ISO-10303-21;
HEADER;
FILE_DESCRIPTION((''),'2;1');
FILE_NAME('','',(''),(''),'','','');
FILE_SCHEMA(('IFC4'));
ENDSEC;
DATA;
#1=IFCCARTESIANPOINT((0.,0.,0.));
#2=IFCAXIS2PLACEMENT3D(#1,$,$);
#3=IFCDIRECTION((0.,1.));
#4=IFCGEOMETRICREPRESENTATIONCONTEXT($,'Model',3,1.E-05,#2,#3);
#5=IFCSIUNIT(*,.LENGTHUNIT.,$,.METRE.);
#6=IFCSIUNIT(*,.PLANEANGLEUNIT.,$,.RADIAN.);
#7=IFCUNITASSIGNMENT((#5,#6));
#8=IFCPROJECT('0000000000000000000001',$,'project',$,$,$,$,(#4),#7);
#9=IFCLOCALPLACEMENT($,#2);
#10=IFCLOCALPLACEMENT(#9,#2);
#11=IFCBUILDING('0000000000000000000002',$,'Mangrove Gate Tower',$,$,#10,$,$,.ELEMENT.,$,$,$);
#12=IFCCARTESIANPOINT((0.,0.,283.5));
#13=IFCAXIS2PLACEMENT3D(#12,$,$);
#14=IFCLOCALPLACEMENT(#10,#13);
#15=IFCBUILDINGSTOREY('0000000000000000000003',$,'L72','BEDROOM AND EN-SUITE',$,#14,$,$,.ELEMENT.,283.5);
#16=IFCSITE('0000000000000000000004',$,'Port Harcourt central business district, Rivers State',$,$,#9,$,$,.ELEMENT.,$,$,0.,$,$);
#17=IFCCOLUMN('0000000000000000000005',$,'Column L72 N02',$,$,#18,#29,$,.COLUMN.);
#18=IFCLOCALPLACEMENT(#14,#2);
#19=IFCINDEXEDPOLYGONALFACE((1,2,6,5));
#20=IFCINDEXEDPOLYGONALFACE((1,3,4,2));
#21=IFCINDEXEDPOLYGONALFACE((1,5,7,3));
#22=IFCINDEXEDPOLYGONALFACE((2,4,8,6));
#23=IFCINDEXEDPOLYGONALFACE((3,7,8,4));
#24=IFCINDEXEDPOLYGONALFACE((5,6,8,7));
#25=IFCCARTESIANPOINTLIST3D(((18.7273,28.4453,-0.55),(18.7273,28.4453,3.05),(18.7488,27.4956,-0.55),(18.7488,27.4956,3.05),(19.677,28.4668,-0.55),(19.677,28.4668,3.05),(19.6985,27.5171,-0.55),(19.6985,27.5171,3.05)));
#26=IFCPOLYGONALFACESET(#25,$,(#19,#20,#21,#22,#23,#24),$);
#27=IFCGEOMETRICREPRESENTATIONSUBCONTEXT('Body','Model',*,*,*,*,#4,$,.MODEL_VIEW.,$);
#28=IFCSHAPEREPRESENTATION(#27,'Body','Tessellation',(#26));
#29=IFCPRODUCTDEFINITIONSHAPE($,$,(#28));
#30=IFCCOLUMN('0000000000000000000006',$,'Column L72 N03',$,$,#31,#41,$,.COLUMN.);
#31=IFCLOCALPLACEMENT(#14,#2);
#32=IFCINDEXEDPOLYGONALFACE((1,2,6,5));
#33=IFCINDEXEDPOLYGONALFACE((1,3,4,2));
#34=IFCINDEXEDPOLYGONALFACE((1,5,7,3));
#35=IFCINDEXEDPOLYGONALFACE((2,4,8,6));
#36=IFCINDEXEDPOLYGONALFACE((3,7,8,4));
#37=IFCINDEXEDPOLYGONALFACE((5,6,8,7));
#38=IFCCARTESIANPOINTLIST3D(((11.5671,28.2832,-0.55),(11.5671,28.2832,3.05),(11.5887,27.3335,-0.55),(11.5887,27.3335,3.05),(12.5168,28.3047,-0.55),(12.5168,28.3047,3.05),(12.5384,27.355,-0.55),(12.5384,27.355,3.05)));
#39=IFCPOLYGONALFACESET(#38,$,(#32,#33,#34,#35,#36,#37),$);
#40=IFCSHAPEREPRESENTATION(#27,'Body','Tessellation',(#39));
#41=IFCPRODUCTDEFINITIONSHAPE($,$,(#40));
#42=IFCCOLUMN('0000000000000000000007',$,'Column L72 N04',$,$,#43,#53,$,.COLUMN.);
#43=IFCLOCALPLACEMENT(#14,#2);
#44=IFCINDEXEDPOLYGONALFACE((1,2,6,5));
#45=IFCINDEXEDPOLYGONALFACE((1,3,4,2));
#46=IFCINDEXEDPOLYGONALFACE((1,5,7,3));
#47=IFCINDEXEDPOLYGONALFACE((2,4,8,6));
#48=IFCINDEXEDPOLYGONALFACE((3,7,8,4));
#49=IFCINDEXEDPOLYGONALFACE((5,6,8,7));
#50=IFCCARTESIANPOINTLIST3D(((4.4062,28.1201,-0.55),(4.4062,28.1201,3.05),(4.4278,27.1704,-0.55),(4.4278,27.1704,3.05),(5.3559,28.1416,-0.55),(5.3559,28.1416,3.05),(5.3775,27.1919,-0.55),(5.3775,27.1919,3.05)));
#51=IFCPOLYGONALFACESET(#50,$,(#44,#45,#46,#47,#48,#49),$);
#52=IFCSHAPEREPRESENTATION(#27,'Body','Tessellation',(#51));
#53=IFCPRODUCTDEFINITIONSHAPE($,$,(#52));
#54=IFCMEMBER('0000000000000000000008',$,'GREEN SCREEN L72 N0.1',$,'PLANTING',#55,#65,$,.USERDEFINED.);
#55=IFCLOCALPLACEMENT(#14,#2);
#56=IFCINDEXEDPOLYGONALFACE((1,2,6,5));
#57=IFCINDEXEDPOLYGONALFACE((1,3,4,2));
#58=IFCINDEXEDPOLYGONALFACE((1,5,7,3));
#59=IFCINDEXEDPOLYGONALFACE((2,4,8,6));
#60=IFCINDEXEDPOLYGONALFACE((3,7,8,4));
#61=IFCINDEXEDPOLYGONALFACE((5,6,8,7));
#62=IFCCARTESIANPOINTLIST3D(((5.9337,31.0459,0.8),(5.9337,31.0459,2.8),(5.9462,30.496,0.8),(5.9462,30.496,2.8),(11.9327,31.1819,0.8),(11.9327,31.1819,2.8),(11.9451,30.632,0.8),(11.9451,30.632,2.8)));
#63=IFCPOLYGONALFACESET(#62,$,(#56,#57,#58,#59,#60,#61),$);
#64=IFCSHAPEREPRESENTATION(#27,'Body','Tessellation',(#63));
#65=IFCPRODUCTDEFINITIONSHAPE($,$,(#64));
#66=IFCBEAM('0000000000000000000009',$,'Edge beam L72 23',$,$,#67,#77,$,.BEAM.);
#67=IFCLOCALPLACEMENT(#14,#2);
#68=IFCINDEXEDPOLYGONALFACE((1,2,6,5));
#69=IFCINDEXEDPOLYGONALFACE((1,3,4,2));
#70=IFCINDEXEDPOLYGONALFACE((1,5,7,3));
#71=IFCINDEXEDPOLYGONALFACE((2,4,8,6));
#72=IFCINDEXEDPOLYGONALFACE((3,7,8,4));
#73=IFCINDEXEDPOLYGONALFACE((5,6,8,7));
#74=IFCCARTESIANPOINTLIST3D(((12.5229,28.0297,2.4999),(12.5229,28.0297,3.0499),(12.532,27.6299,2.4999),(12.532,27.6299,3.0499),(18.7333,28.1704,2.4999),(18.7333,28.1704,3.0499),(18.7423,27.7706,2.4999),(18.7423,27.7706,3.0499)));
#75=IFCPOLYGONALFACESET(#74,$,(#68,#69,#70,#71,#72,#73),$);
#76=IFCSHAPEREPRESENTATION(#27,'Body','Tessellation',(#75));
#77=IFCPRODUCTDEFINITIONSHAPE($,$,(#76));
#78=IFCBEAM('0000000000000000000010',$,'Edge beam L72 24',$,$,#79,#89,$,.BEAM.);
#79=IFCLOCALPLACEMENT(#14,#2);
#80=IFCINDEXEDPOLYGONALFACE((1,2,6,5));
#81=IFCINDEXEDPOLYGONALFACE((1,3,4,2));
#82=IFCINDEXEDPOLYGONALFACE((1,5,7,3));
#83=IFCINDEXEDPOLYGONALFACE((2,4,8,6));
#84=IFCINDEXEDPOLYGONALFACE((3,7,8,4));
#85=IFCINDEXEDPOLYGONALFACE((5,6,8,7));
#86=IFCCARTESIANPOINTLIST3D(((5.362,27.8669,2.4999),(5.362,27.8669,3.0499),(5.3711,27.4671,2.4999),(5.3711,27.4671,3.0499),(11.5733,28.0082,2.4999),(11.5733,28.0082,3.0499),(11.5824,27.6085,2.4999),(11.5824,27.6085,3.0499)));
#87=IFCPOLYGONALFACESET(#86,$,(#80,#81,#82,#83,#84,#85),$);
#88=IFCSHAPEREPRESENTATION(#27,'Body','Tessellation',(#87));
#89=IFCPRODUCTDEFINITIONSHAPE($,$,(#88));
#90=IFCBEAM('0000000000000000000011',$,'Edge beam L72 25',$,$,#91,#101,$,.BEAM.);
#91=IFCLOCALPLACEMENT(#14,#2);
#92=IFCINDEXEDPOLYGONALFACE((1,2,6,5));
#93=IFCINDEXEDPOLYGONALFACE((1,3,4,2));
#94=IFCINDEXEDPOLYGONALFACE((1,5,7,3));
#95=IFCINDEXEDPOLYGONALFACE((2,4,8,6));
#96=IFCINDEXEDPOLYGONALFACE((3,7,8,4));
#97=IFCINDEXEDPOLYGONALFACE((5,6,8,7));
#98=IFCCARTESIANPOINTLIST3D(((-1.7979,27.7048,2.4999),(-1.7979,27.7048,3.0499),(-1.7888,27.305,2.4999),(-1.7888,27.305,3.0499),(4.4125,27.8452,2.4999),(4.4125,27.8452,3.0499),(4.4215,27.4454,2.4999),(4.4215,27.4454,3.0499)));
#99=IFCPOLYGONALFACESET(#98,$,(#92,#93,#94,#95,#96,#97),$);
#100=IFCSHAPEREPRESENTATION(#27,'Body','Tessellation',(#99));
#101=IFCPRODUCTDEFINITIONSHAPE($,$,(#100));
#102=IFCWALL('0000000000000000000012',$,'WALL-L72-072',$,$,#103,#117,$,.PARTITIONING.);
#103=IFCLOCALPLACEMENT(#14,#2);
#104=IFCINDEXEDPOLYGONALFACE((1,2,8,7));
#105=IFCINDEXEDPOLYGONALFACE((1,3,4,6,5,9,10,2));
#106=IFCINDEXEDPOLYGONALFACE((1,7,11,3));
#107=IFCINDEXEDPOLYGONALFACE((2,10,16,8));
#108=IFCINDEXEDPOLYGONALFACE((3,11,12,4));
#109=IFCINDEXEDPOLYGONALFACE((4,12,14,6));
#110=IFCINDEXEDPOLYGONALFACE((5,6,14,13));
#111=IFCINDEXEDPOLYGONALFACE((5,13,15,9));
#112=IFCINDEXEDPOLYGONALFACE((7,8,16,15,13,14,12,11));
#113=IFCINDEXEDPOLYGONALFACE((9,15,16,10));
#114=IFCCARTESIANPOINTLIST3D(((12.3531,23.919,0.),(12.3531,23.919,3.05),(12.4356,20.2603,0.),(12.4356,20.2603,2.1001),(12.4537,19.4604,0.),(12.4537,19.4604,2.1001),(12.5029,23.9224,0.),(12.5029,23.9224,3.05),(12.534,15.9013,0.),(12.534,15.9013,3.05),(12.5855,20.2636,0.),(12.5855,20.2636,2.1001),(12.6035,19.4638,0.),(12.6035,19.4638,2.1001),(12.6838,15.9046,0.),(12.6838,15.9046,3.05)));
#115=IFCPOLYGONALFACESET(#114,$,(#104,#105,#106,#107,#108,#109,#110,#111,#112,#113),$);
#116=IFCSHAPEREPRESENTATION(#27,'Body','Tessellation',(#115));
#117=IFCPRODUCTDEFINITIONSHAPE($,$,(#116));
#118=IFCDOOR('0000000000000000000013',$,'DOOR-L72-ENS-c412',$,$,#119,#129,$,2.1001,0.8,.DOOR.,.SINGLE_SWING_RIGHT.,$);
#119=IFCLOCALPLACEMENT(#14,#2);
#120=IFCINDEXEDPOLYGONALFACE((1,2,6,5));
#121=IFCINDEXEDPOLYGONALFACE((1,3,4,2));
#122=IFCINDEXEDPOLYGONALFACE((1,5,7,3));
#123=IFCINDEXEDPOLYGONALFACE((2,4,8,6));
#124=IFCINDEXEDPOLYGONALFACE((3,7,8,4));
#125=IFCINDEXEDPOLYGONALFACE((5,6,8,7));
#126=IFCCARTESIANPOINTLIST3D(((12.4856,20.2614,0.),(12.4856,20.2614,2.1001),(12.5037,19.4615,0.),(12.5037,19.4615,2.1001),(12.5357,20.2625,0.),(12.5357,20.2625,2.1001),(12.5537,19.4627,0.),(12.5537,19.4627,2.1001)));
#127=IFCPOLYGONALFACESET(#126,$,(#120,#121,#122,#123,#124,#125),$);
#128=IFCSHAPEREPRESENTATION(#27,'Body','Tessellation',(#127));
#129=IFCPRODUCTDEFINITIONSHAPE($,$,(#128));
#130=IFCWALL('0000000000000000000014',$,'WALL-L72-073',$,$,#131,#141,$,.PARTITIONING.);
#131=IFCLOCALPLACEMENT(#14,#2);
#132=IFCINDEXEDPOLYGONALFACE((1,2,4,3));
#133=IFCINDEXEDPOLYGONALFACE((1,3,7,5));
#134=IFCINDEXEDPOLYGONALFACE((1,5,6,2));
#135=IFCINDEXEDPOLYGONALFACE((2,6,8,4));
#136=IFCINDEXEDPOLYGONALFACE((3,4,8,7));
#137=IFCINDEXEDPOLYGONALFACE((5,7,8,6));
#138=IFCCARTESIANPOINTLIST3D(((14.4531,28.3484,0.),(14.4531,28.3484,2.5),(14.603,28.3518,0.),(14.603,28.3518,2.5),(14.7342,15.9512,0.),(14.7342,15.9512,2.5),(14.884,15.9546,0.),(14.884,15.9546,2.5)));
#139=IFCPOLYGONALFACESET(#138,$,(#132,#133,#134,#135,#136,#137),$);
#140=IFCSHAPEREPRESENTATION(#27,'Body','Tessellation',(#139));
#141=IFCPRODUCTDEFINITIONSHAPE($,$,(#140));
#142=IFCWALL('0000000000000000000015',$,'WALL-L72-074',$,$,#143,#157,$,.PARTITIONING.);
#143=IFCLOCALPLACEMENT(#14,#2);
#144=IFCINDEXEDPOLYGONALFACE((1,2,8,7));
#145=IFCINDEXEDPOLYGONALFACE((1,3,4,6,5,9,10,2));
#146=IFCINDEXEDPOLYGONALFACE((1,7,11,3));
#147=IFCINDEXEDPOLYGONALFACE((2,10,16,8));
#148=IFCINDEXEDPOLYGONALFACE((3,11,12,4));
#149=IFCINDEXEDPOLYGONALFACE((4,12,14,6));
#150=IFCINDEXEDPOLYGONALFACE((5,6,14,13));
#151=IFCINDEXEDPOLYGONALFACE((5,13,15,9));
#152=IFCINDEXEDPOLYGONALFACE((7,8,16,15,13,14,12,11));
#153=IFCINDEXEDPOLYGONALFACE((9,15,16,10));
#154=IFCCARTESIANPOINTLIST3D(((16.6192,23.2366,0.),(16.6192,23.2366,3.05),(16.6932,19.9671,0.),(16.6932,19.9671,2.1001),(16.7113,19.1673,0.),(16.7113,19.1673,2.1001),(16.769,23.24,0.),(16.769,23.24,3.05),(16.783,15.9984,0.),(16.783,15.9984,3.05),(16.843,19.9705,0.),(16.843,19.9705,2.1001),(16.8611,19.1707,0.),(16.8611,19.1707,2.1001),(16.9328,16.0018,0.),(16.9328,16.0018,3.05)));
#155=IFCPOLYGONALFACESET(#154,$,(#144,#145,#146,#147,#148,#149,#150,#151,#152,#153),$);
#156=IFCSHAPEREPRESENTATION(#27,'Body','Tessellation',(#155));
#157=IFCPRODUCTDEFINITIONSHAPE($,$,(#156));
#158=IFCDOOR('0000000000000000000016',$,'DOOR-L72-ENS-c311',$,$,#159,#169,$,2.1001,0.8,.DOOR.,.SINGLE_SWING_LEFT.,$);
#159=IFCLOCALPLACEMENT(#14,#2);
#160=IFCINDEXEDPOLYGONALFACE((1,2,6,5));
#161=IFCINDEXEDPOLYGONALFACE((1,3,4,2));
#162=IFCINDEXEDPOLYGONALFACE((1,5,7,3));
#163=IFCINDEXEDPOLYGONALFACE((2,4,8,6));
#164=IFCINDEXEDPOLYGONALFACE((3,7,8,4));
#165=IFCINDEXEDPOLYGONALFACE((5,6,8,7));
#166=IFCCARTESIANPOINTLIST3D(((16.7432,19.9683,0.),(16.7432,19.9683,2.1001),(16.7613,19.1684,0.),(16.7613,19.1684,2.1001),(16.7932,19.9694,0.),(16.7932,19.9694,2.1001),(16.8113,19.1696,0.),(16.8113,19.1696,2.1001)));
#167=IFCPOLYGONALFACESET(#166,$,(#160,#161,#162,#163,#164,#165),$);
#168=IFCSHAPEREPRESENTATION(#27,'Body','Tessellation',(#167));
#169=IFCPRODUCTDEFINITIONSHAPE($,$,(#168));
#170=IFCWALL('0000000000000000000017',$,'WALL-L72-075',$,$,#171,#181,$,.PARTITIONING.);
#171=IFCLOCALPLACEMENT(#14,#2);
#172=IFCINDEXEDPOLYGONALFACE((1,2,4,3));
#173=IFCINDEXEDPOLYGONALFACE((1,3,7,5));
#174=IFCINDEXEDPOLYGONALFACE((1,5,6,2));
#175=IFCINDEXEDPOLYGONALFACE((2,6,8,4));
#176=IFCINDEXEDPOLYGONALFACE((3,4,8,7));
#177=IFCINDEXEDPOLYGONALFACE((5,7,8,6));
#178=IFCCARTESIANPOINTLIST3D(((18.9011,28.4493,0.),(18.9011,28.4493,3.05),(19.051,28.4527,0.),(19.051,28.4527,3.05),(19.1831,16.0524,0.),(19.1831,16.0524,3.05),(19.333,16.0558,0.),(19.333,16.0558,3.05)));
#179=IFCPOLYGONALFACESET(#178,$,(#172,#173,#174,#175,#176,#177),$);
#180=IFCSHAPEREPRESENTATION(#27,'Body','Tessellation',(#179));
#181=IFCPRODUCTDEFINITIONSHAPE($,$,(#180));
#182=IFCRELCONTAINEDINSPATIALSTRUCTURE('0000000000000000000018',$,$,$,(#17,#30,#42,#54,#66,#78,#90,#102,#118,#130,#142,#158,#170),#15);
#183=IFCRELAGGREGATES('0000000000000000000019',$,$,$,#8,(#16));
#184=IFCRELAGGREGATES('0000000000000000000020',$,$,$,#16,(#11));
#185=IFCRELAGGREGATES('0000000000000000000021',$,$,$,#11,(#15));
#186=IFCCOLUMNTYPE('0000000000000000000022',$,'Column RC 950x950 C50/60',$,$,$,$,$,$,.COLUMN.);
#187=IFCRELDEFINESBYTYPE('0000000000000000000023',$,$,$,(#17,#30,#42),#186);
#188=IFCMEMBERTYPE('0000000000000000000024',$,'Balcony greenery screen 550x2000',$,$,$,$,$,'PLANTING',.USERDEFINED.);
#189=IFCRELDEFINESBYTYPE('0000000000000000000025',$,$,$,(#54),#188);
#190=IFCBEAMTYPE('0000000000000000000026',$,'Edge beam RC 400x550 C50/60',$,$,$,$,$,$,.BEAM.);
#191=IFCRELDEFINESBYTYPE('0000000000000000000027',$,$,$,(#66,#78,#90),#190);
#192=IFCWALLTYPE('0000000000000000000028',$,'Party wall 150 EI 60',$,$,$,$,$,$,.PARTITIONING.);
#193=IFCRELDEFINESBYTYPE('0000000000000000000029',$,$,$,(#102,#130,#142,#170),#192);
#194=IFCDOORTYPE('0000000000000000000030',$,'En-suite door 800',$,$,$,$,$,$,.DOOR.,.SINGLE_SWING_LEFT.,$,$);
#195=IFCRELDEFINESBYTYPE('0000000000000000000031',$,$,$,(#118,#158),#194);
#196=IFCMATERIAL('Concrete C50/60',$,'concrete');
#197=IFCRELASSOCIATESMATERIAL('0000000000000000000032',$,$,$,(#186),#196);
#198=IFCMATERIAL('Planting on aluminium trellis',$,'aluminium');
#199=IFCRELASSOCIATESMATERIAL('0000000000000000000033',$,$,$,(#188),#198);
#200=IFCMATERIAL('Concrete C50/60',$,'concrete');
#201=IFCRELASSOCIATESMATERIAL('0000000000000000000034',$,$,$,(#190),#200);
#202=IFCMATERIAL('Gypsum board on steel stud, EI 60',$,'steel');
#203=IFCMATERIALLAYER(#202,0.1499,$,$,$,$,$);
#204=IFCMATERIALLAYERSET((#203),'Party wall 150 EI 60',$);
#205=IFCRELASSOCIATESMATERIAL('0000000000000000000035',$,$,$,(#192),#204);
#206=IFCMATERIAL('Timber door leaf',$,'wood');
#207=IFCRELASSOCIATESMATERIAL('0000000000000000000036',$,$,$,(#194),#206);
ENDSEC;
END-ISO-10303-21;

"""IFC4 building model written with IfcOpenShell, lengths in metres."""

from ifc_helpers import new_model, si_unit, direction, frame, frame_2d, origin, origin_2d, place, context, subcontext, project, spatial, rectangle, extrude, material, layer, layer_set, material_profile, profile_set, type_object, element, fill, save


model = new_model("IFC4")

# Units and contexts
model_context = context("Model", 3, precision=1e-05, world=origin(), true_north=direction((0.0, 1.0)))
body_context = subcontext(model_context, "Body", "Model", "MODEL_VIEW")
ifc_project = project(units=[si_unit("LENGTHUNIT", "METRE"), si_unit("PLANEANGLEUNIT", "RADIAN")], contexts=[model_context])

# Site, building, storey
site_placement = place(None, origin())
site = spatial("IfcSite", under=ifc_project, at=site_placement, Name="Port Harcourt central business district, Rivers State", CompositionType="ELEMENT", RefElevation=0.0)
building_placement = place(site_placement, origin())
building = spatial("IfcBuilding", under=site, at=building_placement, Name="Mangrove Gate Tower", CompositionType="ELEMENT")
storey_placement = place(building_placement, frame((0.0, 0.0, 283.5)))
storey = spatial("IfcBuildingStorey", under=building, at=storey_placement, Name="L72", Description="BEDROOM AND EN-SUITE", CompositionType="ELEMENT", Elevation=283.5)

# Columns
ifc_material_1 = material(Name="Concrete C50/60", Category="concrete")
ifc_material_profile_1 = material_profile(ifc_material_1, rectangle(XDim=0.95, YDim=0.95, at=origin_2d()))
ifc_profile_set_1 = profile_set([ifc_material_profile_1], Name="Concrete C50/60")
column_type = type_object("IfcColumnType", Name="Column RC 950x950 C50/60", PredefinedType="COLUMN", material=ifc_profile_set_1)
for number, where, z_axis, x_axis, name in (
    (1, (19.2129, 27.9812, -0.55), (0.0, 0.0, 1.0), (-0.999743, -0.022688, 0.0), "Column L72 N02"),
    (2, (12.0527, 27.8191, -0.55), (0.0, 0.0, 1.0), (-0.999743, -0.022688, 0.0), "Column L72 N03"),
    (3, (4.8918, 27.656, -0.55), (0.0, 0.0, 1.0), (-0.999743, -0.022688, 0.0), "Column L72 N04"),
):
    element("IfcColumn", number, at=place(storey_placement, frame(where, z_axis=z_axis, x_axis=x_axis)), inside=storey, type_object=column_type, Name=name, PredefinedType="COLUMN", context=body_context, shape_type="SweptSolid", body=[
        extrude(rectangle(XDim=0.95, YDim=0.95, at=origin_2d()), origin(), (0.0, 0.0, 1.0), 3.6001),
    ])

# Member
ifc_material_2 = material(Name="Planting on aluminium trellis", Category="aluminium")
ifc_material_profile_2 = material_profile(ifc_material_2, rectangle(XDim=0.55, YDim=2.0, at=origin_2d()))
ifc_profile_set_2 = profile_set([ifc_material_profile_2], Name="Planting on aluminium trellis")
member_type = type_object("IfcMemberType", Name="Balcony greenery screen 550x2000", ElementType="PLANTING", PredefinedType="USERDEFINED", material=ifc_profile_set_2)
member_placement = place(storey_placement, frame((5.9399, 30.771, 1.8), z_axis=(0.999743, 0.022662, 0.0), x_axis=(-0.022662, 0.999743, 0.0)))
element("IfcMember", 4, at=member_placement, inside=storey, type_object=member_type, Name="GREEN SCREEN L72 N0.1", ObjectType="PLANTING", PredefinedType="USERDEFINED", context=body_context, shape_type="SweptSolid", body=[
    extrude(rectangle(XDim=0.55, YDim=2.0, at=origin_2d()), origin(), (0.0, 0.0, 1.0), 6.0005),
])

# Beams
ifc_material_3 = material(Name="Concrete C50/60", Category="concrete")
ifc_material_profile_3 = material_profile(ifc_material_3, rectangle(XDim=0.3999, YDim=0.55, at=origin_2d()))
ifc_profile_set_3 = profile_set([ifc_material_profile_3], Name="Concrete C50/60")
beam_type = type_object("IfcBeamType", Name="Edge beam RC 400x550 C50/60", PredefinedType="BEAM", material=ifc_profile_set_3)
beam_1_placement = place(storey_placement, frame((18.7378, 27.9705, 2.7749), z_axis=(-0.999744, -0.022638, 0.0), x_axis=(0.022638, -0.999744, 0.0)))
element("IfcBeam", 5, at=beam_1_placement, inside=storey, type_object=beam_type, Name="Edge beam L72 23", PredefinedType="BEAM", context=body_context, shape_type="SweptSolid", body=[
    extrude(rectangle(XDim=0.3999, YDim=0.55, at=origin_2d()), origin(), (0.0, 0.0, 1.0), 6.2119),
])
beam_2_placement = place(storey_placement, frame((11.5779, 27.8083, 2.7749), z_axis=(-0.999741, -0.022753, 0.0), x_axis=(0.022753, -0.999741, 0.0)))
element("IfcBeam", 6, at=beam_2_placement, inside=storey, type_object=beam_type, Name="Edge beam L72 24", PredefinedType="BEAM", context=body_context, shape_type="SweptSolid", body=[
    extrude(rectangle(XDim=0.3999, YDim=0.55, at=origin_2d()), origin(), (0.0, 0.0, 1.0), 6.2129),
])
beam_3_placement = place(storey_placement, frame((4.417, 27.6453, 2.7749), z_axis=(-0.999745, -0.022598, 0.0), x_axis=(0.022598, -0.999745, 0.0)))
element("IfcBeam", 7, at=beam_3_placement, inside=storey, type_object=beam_type, Name="Edge beam L72 25", PredefinedType="BEAM", context=body_context, shape_type="SweptSolid", body=[
    extrude(rectangle(XDim=0.3999, YDim=0.55, at=origin_2d()), origin(), (0.0, 0.0, 1.0), 6.2119),
])

# Wall, opening, door
ifc_material_4 = material(Name="Gypsum board on steel stud, EI 60", Category="steel")
ifc_layer_1 = layer(ifc_material_4, 0.1499)
ifc_layer_set_1 = layer_set([ifc_layer_1], Name="Party wall 150 EI 60")
wall_type_1 = type_object("IfcWallType", Name="Party wall 150 EI 60", PredefinedType="PARTITIONING", material=ifc_layer_set_1)
wall_1_placement = place(storey_placement, frame((12.6089, 15.9031, 0.0), z_axis=(0.0, 0.0, 1.0), x_axis=(-0.022558, 0.999746, 0.0)))
wall_1 = element("IfcWall", 8, at=wall_1_placement, inside=storey, type_object=wall_type_1, Name="WALL-L72-072", PredefinedType="PARTITIONING", context=body_context, shape_type="SweptSolid", body=[
    extrude(rectangle(XDim=8.0198, YDim=0.1499, at=frame_2d((4.0098, 0.0))), origin(), (0.0, 0.0, 1.0), 3.05),
])
opening_1_placement = place(wall_1_placement, frame((3.5601, 0.0, 0.0)))
opening_1 = element("IfcOpeningElement", 9, at=opening_1_placement, cuts=wall_1, PredefinedType="OPENING", context=body_context, shape_type="SweptSolid", body=[
    extrude(rectangle(XDim=0.8, YDim=2.1001, at=frame_2d((0.3999, 1.05))), frame((0.0, 0.085, 0.0), z_axis=(0.0, -1.0, 0.0), x_axis=(1.0, 0.0, 0.0)), (0.0, 0.0, 1.0), 0.1699),
])
ifc_material_5 = material(Name="Timber door leaf", Category="wood")
door_type = type_object("IfcDoorType", Name="En-suite door 800", OperationType="SINGLE_SWING_LEFT", PredefinedType="DOOR", material=ifc_material_5)
door_1_placement = place(opening_1_placement, origin())
door_1 = element("IfcDoor", 10, at=door_1_placement, inside=storey, type_object=door_type, Name="DOOR-L72-ENS-c412", OperationType="SINGLE_SWING_RIGHT", OverallHeight=2.1001, OverallWidth=0.8, PredefinedType="DOOR", context=body_context, shape_type="SweptSolid", body=[
    extrude(rectangle(XDim=0.8, YDim=2.1001, at=frame_2d((0.3999, 1.05))), frame((0.0, 0.0249, 0.0), z_axis=(0.0, -1.0, 0.0), x_axis=(1.0, 0.0, 0.0)), (0.0, 0.0, 1.0), 0.05),
])
fill(opening_1, door_1)

# Wall
wall_2_placement = place(storey_placement, frame((14.8091, 15.9529, 0.0), z_axis=(0.0, 0.0, 1.0), x_axis=(-0.022661, 0.999743, 0.0)))
element("IfcWall", 11, at=wall_2_placement, inside=storey, type_object=wall_type_1, Name="WALL-L72-073", PredefinedType="PARTITIONING", context=body_context, shape_type="SweptSolid", body=[
    extrude(rectangle(XDim=12.4004, YDim=0.1499, at=frame_2d((6.2002, 0.0))), origin(), (0.0, 0.0, 1.0), 2.5),
])

# Wall, opening, door
wall_3_placement = place(storey_placement, frame((16.8579, 16.0, 0.0), z_axis=(0.0, 0.0, 1.0), x_axis=(-0.022627, 0.999744, 0.0)))
wall_3 = element("IfcWall", 12, at=wall_3_placement, inside=storey, type_object=wall_type_1, Name="WALL-L72-074", PredefinedType="PARTITIONING", context=body_context, shape_type="SweptSolid", body=[
    extrude(rectangle(XDim=7.24, YDim=0.1499, at=frame_2d((3.6201, 0.0))), origin(), (0.0, 0.0, 1.0), 3.05),
])
opening_2_placement = place(wall_3_placement, frame((3.1699, 0.0, 0.0)))
opening_2 = element("IfcOpeningElement", 13, at=opening_2_placement, cuts=wall_3, PredefinedType="OPENING", context=body_context, shape_type="SweptSolid", body=[
    extrude(rectangle(XDim=0.8, YDim=2.1001, at=frame_2d((0.3999, 1.05))), frame((0.0, 0.085, 0.0), z_axis=(0.0, -1.0, 0.0), x_axis=(1.0, 0.0, 0.0)), (0.0, 0.0, 1.0), 0.1699),
])
door_2_placement = place(opening_2_placement, origin())
door_2 = element("IfcDoor", 14, at=door_2_placement, inside=storey, type_object=door_type, Name="DOOR-L72-ENS-c311", OperationType="SINGLE_SWING_LEFT", OverallHeight=2.1001, OverallWidth=0.8, PredefinedType="DOOR", context=body_context, shape_type="SweptSolid", body=[
    extrude(rectangle(XDim=0.8, YDim=2.1001, at=frame_2d((0.3999, 1.05))), frame((0.0, 0.0249, 0.0), z_axis=(0.0, -1.0, 0.0), x_axis=(1.0, 0.0, 0.0)), (0.0, 0.0, 1.0), 0.05),
])
fill(opening_2, door_2)

# Wall
wall_4_placement = place(storey_placement, frame((19.2581, 16.054, 0.0), z_axis=(0.0, 0.0, 1.0), x_axis=(-0.02274, 0.999741, 0.0)))
element("IfcWall", 15, at=wall_4_placement, inside=storey, type_object=wall_type_1, Name="WALL-L72-075", PredefinedType="PARTITIONING", context=body_context, shape_type="SweptSolid", body=[
    extrude(rectangle(XDim=12.4001, YDim=0.1499, at=frame_2d((6.2002, 0.0))), origin(), (0.0, 0.0, 1.0), 3.05),
])

save(model, "model.ifc")
